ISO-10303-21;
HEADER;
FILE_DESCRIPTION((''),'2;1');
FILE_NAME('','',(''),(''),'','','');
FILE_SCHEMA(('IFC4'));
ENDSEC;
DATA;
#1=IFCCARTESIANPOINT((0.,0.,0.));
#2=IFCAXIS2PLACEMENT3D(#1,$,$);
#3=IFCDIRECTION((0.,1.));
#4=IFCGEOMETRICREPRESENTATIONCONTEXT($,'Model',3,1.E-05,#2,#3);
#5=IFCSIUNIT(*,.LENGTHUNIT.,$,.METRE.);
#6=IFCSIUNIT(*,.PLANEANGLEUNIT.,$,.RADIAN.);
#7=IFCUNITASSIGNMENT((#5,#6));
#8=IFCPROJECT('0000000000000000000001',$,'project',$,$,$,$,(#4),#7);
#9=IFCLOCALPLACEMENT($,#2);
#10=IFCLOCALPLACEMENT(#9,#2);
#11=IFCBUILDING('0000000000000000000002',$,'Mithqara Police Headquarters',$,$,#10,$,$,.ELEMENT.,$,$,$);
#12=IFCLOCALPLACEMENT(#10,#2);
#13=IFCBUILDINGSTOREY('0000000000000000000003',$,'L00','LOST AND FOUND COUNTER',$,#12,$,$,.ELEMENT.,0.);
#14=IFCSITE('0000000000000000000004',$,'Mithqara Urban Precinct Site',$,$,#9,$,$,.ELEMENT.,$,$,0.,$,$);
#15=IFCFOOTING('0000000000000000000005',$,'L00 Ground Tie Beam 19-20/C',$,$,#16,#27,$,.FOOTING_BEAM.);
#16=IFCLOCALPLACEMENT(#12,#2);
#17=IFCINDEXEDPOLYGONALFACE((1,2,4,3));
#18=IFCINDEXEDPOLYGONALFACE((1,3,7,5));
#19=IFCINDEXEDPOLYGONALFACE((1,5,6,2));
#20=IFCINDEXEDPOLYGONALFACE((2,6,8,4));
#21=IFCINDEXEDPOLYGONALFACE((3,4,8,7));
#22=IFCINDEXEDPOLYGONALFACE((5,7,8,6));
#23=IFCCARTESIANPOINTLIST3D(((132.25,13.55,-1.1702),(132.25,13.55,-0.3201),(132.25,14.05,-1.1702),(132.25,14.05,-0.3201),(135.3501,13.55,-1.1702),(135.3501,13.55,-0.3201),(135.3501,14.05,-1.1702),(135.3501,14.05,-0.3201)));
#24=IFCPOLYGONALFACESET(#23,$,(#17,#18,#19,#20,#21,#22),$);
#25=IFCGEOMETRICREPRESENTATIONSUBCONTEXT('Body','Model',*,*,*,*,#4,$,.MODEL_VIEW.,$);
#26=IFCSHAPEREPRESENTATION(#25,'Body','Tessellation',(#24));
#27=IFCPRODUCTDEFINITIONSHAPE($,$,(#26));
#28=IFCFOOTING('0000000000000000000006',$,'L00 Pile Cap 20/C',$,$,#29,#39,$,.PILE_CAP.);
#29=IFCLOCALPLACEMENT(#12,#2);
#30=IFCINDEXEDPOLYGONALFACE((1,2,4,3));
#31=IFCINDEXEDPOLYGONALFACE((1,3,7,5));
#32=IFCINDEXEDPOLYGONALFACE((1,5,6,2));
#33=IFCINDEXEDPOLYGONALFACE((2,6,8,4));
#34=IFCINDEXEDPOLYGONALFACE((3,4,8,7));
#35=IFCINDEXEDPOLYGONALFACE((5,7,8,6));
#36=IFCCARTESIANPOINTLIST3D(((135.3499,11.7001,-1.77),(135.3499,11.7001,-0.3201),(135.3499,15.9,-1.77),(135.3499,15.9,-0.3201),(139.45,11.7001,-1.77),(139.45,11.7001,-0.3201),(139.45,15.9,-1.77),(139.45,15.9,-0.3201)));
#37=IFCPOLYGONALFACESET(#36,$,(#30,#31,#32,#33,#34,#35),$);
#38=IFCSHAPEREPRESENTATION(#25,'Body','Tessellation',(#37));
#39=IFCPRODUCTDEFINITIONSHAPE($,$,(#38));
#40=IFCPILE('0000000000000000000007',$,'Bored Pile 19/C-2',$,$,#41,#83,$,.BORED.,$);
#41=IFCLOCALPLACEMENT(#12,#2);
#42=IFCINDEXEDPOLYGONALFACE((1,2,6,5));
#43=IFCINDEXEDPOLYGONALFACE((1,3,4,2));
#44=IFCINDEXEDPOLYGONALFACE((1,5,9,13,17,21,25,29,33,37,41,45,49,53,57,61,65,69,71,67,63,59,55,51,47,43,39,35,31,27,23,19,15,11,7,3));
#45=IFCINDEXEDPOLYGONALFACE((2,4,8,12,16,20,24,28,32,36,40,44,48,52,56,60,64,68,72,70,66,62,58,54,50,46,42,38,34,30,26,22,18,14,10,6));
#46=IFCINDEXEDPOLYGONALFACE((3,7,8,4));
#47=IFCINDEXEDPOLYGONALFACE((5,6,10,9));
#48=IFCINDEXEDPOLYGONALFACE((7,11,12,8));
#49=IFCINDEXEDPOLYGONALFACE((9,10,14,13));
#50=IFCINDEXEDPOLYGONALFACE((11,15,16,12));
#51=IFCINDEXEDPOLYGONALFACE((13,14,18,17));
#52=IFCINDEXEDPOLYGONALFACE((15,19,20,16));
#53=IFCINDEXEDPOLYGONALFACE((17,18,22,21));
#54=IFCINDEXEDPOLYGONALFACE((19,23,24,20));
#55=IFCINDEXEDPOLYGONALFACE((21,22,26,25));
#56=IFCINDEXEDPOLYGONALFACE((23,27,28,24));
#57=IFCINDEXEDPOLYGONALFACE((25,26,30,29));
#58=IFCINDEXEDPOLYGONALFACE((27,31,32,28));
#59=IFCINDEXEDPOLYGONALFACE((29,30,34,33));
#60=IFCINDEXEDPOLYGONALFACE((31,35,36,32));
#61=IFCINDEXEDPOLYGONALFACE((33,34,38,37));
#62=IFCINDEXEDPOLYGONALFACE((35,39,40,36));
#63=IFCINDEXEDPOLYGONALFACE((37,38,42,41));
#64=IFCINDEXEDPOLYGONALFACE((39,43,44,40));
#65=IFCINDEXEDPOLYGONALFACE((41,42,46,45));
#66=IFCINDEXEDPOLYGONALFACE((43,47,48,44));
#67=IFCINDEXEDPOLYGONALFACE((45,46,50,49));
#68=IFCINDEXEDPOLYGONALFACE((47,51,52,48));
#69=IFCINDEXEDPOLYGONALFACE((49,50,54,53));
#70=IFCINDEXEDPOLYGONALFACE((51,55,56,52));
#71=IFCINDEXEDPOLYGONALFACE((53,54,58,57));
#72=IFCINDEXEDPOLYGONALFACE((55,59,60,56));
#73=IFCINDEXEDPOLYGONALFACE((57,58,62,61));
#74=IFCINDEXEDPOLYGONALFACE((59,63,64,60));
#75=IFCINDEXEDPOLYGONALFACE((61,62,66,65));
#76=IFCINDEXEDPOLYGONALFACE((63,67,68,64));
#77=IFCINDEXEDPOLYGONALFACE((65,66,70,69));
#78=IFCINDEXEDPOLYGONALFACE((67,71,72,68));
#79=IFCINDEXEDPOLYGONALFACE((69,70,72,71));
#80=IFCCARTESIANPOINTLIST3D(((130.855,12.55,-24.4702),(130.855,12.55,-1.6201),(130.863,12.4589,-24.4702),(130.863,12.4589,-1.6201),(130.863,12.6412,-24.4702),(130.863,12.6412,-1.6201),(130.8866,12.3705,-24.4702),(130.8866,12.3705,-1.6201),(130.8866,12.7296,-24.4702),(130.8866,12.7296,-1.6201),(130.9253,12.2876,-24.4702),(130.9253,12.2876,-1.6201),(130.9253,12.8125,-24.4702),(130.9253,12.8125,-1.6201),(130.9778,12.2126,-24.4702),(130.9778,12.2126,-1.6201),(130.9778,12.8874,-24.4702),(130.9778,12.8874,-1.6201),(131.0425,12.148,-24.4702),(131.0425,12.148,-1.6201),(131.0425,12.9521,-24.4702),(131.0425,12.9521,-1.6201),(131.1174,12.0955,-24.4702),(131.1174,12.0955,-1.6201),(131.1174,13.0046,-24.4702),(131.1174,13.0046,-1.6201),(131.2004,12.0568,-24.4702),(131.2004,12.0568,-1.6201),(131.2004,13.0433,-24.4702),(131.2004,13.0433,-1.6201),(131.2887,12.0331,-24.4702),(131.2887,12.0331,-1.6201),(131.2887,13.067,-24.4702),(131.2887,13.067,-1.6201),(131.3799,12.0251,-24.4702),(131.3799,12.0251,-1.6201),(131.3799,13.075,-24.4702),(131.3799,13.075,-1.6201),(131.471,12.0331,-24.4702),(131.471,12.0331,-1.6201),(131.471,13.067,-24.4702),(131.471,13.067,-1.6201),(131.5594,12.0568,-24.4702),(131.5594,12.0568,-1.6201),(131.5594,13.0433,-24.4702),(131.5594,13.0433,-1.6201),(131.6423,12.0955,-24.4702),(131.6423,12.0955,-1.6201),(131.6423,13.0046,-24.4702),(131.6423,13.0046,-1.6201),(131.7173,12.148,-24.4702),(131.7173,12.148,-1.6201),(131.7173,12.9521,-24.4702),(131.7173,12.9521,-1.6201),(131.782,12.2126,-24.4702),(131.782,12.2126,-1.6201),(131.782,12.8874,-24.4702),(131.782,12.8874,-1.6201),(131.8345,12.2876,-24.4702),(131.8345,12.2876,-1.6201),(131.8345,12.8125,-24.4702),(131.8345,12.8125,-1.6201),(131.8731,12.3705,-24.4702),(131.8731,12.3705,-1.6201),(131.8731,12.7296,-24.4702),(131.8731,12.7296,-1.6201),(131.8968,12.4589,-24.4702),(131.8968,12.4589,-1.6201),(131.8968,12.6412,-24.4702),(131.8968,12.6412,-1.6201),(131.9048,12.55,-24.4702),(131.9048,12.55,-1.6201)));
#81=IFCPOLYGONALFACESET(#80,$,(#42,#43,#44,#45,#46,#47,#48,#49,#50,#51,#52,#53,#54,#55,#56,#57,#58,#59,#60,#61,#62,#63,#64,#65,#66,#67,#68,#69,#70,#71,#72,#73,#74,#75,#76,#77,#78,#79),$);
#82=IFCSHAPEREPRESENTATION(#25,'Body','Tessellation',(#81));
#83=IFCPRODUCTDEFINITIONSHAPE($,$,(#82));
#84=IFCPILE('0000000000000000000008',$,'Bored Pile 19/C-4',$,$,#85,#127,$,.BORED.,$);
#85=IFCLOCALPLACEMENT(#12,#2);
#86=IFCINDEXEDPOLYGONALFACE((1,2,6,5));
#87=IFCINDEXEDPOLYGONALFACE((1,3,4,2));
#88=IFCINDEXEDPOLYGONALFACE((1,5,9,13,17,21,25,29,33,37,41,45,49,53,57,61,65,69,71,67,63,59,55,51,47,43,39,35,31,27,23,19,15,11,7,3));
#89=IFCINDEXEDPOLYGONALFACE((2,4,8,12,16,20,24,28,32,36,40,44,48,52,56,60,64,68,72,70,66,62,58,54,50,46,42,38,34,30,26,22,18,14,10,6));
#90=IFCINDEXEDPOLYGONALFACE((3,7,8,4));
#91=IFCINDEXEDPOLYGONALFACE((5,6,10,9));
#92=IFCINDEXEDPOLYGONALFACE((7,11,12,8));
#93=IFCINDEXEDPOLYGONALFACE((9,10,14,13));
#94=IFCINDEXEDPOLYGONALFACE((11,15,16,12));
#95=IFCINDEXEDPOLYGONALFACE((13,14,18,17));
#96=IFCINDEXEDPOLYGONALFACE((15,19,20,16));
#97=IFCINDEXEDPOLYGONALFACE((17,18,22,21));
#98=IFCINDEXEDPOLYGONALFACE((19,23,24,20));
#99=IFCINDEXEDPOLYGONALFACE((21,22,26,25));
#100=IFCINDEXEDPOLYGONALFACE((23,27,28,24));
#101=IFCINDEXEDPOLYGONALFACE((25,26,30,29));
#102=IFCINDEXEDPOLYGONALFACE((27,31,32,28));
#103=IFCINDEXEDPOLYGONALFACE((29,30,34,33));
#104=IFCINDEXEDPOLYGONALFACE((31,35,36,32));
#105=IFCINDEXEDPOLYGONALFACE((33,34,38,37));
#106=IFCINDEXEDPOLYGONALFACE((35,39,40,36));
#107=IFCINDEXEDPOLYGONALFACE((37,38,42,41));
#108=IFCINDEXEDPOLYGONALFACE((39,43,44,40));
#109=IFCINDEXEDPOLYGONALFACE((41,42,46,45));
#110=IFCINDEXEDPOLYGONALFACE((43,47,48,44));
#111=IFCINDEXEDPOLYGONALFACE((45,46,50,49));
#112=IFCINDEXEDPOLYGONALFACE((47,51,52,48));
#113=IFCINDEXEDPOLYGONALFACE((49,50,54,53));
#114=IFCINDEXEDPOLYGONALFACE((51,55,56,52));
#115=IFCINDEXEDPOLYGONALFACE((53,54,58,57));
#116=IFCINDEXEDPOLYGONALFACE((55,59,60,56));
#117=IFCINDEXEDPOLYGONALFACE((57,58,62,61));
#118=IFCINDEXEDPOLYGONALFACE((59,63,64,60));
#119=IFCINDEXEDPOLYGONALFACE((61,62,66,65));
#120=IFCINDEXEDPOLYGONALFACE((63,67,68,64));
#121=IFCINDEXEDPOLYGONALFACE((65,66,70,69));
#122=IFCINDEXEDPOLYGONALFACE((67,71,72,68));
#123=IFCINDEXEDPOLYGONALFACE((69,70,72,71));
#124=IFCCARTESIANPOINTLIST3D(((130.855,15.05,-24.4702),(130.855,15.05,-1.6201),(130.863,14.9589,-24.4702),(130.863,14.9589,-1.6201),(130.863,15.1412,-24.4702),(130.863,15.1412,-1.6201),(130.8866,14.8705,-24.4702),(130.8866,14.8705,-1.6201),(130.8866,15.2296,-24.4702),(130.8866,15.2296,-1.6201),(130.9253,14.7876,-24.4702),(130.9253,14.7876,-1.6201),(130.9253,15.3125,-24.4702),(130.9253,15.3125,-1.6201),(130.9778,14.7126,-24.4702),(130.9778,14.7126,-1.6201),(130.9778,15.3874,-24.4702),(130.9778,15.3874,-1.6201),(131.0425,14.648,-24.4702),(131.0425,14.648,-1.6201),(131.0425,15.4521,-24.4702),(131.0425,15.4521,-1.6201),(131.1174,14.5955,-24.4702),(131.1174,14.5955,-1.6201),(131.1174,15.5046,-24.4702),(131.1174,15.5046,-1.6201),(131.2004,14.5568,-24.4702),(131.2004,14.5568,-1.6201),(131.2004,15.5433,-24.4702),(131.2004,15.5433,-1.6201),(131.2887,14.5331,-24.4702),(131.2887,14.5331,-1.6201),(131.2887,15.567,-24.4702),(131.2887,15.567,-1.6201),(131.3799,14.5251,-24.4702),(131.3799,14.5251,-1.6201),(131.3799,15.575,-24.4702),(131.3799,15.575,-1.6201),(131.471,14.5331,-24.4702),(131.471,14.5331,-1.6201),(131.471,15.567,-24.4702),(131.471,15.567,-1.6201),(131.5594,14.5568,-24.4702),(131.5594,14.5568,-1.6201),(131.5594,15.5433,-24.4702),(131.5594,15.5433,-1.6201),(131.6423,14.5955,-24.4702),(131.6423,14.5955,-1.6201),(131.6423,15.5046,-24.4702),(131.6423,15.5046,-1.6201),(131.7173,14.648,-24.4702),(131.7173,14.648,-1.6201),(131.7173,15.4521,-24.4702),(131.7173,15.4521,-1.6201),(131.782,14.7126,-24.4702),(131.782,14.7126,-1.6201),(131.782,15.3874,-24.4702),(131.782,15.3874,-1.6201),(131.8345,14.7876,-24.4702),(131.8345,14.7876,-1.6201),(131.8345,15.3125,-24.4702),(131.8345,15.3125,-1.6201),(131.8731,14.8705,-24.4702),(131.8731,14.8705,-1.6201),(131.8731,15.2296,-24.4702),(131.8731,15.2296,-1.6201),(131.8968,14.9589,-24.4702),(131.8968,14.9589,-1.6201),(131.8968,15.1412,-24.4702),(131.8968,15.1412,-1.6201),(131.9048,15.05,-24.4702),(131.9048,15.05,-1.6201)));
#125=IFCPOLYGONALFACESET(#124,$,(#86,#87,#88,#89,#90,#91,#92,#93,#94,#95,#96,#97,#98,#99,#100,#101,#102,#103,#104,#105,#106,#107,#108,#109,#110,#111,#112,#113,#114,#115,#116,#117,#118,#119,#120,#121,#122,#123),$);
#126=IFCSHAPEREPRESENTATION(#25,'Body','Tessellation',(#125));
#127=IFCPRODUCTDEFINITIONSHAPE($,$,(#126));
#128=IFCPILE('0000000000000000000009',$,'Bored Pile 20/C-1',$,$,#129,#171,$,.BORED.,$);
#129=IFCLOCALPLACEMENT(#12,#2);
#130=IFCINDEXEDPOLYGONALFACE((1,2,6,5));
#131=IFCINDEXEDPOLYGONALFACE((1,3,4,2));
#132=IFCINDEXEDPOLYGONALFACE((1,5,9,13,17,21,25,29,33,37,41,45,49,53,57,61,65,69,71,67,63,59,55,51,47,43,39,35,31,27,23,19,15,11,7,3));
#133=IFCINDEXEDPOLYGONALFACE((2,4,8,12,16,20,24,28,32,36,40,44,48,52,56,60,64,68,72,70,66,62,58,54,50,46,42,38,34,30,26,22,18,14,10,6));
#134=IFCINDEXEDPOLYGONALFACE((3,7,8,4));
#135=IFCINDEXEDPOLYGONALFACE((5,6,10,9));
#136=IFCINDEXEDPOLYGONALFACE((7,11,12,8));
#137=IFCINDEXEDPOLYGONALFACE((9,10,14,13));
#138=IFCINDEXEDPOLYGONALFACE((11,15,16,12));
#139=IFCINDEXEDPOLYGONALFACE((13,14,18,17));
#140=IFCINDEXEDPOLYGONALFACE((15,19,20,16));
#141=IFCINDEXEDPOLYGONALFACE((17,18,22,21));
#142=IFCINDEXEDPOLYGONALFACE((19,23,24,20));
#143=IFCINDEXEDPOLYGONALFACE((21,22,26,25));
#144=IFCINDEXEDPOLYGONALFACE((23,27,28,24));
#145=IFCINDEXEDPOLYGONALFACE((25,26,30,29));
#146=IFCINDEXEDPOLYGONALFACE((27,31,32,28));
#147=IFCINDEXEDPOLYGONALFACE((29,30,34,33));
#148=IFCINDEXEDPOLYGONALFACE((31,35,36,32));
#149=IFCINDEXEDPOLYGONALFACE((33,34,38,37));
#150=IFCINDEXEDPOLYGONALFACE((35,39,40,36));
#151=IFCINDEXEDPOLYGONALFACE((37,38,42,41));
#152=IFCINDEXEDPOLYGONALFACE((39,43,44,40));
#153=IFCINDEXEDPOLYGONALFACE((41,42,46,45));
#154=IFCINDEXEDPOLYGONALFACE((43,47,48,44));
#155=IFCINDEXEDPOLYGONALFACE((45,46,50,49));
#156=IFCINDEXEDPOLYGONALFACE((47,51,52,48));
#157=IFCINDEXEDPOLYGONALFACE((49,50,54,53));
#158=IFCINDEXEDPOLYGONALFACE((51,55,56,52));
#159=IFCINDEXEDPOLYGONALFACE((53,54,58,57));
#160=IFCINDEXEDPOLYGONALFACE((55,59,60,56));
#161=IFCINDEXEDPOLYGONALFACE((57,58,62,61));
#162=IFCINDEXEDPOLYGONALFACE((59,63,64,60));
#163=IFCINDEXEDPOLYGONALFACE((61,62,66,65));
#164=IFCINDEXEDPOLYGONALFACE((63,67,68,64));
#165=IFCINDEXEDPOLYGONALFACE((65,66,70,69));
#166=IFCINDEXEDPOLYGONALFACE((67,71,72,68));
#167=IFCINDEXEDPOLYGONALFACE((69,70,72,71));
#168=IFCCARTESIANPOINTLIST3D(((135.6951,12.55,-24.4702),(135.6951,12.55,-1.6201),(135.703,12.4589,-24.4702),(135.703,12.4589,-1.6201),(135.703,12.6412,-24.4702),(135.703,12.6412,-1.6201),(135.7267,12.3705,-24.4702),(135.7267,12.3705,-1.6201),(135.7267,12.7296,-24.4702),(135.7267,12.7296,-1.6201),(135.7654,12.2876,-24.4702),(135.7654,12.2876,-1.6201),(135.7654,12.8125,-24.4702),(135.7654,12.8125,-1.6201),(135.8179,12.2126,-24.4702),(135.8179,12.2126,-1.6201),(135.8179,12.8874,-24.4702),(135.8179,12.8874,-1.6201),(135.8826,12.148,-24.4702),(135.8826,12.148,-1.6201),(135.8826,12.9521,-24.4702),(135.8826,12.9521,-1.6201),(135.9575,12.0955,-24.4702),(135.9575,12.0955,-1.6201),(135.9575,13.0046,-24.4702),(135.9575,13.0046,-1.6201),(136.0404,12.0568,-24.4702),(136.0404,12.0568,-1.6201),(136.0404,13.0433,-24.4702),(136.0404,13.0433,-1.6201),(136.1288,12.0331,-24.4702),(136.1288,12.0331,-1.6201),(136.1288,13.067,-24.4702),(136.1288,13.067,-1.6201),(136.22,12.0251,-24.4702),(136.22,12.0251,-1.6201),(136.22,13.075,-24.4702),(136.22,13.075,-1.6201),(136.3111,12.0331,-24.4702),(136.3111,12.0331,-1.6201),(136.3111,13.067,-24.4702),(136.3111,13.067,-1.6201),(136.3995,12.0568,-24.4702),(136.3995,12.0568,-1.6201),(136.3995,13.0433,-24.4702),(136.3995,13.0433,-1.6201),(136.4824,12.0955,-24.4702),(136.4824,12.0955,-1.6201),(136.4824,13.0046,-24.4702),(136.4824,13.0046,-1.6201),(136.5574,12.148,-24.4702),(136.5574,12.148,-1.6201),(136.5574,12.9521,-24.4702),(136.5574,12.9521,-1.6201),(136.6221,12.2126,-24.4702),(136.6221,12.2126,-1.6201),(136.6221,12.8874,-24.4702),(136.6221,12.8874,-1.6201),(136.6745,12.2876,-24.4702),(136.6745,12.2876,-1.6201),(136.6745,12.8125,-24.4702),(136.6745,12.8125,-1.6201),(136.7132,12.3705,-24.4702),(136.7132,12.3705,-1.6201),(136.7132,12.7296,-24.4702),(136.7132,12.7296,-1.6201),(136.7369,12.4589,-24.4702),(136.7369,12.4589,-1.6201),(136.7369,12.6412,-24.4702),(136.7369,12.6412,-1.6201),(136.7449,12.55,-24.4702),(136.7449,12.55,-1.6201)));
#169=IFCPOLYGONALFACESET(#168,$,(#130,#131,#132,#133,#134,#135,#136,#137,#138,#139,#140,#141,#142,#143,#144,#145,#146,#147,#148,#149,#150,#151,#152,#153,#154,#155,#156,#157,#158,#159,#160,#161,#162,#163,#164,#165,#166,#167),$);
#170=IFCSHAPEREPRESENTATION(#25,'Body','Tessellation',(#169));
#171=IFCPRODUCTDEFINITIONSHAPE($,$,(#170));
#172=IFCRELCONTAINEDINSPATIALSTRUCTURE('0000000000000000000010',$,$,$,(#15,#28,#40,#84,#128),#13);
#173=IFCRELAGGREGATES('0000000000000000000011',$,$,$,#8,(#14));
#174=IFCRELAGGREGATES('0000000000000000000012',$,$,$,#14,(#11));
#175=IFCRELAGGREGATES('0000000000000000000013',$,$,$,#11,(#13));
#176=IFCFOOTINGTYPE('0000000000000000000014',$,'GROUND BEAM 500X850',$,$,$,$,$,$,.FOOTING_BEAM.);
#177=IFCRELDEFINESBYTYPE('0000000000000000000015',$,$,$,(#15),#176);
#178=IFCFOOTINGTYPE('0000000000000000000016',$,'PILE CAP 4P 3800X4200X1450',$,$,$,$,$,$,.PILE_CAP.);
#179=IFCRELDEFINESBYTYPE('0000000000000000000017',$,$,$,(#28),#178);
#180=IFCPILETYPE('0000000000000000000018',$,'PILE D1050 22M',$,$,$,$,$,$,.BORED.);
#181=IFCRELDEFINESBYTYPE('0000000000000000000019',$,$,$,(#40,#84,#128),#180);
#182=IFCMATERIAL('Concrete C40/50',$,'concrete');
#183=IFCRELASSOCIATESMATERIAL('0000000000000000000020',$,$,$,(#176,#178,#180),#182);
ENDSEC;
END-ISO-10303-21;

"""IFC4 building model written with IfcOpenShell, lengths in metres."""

from ifc_helpers import new_model, si_unit, direction, frame, origin, origin_2d, place, context, subcontext, project, spatial, rectangle, circle, extrude, material, material_profile, profile_set, type_object, element, save


model = new_model("IFC4")

# Units and contexts
model_context = context("Model", 3, precision=1e-05, world=origin(), true_north=direction((0.0, 1.0)))
body_context = subcontext(model_context, "Body", "Model", "MODEL_VIEW")
ifc_project = project(units=[si_unit("LENGTHUNIT", "METRE"), si_unit("PLANEANGLEUNIT", "RADIAN")], contexts=[model_context])

# Site, building, storey
site_placement = place(None, origin())
site = spatial("IfcSite", under=ifc_project, at=site_placement, Name="Mithqara Urban Precinct Site", CompositionType="ELEMENT", RefElevation=0.0)
building_placement = place(site_placement, origin())
building = spatial("IfcBuilding", under=site, at=building_placement, Name="Mithqara Police Headquarters", CompositionType="ELEMENT")
storey_placement = place(building_placement, origin())
storey = spatial("IfcBuildingStorey", under=building, at=storey_placement, Name="L00", Description="LOST AND FOUND COUNTER", CompositionType="ELEMENT", Elevation=0.0)

# Footings
ifc_material_1 = material(Name="Concrete C40/50", Category="concrete")
footing_type_1 = type_object("IfcFootingType", Name="GROUND BEAM 500X850", PredefinedType="FOOTING_BEAM", material=ifc_material_1)
footing_1_placement = place(storey_placement, frame((133.8, 13.8, -1.1702), z_axis=(0.0, 0.0, 1.0), x_axis=(1.0, 0.0, 0.0)))
element("IfcFooting", 1, at=footing_1_placement, inside=storey, type_object=footing_type_1, Name="L00 Ground Tie Beam 19-20/C", PredefinedType="FOOTING_BEAM", context=body_context, shape_type="SweptSolid", body=[
    extrude(rectangle(XDim=3.1001, YDim=0.5, at=origin_2d()), origin(), (0.0, 0.0, 1.0), 0.8501),
])
footing_type_2 = type_object("IfcFootingType", Name="PILE CAP 4P 3800X4200X1450", PredefinedType="PILE_CAP", material=ifc_material_1)
footing_2_placement = place(storey_placement, frame((137.3999, 13.8, -1.77), z_axis=(0.0, 0.0, 1.0), x_axis=(1.0, 0.0, 0.0)))
element("IfcFooting", 2, at=footing_2_placement, inside=storey, type_object=footing_type_2, Name="L00 Pile Cap 20/C", PredefinedType="PILE_CAP", context=body_context, shape_type="SweptSolid", body=[
    extrude(rectangle(XDim=4.1001, YDim=4.2, at=origin_2d()), origin(), (0.0, 0.0, 1.0), 1.45),
])

# Piles
ifc_material_profile_1 = material_profile(ifc_material_1, circle(Radius=0.5249, at=origin_2d()), Name="PILE D1050")
ifc_profile_set_1 = profile_set([ifc_material_profile_1], Name="Concrete C40/50")
pile_type = type_object("IfcPileType", Name="PILE D1050 22M", PredefinedType="BORED", material=ifc_profile_set_1)
for number, where, z_axis, x_axis, name in (
    (3, (131.3799, 12.55, -1.6201), (0.0, 0.0, -1.0), (1.0, 0.0, 0.0), "Bored Pile 19/C-2"),
    (4, (131.3799, 15.05, -1.6201), (0.0, 0.0, -1.0), (1.0, 0.0, 0.0), "Bored Pile 19/C-4"),
    (5, (136.22, 12.55, -1.6201), (0.0, 0.0, -1.0), (1.0, 0.0, 0.0), "Bored Pile 20/C-1"),
):
    element("IfcPile", number, at=place(storey_placement, frame(where, z_axis=z_axis, x_axis=x_axis)), inside=storey, type_object=pile_type, Name=name, PredefinedType="BORED", context=body_context, shape_type="SweptSolid", body=[
        extrude(circle(Radius=0.5249, at=origin_2d()), origin(), (0.0, 0.0, 1.0), 22.8501),
    ])

save(model, "model.ifc")
